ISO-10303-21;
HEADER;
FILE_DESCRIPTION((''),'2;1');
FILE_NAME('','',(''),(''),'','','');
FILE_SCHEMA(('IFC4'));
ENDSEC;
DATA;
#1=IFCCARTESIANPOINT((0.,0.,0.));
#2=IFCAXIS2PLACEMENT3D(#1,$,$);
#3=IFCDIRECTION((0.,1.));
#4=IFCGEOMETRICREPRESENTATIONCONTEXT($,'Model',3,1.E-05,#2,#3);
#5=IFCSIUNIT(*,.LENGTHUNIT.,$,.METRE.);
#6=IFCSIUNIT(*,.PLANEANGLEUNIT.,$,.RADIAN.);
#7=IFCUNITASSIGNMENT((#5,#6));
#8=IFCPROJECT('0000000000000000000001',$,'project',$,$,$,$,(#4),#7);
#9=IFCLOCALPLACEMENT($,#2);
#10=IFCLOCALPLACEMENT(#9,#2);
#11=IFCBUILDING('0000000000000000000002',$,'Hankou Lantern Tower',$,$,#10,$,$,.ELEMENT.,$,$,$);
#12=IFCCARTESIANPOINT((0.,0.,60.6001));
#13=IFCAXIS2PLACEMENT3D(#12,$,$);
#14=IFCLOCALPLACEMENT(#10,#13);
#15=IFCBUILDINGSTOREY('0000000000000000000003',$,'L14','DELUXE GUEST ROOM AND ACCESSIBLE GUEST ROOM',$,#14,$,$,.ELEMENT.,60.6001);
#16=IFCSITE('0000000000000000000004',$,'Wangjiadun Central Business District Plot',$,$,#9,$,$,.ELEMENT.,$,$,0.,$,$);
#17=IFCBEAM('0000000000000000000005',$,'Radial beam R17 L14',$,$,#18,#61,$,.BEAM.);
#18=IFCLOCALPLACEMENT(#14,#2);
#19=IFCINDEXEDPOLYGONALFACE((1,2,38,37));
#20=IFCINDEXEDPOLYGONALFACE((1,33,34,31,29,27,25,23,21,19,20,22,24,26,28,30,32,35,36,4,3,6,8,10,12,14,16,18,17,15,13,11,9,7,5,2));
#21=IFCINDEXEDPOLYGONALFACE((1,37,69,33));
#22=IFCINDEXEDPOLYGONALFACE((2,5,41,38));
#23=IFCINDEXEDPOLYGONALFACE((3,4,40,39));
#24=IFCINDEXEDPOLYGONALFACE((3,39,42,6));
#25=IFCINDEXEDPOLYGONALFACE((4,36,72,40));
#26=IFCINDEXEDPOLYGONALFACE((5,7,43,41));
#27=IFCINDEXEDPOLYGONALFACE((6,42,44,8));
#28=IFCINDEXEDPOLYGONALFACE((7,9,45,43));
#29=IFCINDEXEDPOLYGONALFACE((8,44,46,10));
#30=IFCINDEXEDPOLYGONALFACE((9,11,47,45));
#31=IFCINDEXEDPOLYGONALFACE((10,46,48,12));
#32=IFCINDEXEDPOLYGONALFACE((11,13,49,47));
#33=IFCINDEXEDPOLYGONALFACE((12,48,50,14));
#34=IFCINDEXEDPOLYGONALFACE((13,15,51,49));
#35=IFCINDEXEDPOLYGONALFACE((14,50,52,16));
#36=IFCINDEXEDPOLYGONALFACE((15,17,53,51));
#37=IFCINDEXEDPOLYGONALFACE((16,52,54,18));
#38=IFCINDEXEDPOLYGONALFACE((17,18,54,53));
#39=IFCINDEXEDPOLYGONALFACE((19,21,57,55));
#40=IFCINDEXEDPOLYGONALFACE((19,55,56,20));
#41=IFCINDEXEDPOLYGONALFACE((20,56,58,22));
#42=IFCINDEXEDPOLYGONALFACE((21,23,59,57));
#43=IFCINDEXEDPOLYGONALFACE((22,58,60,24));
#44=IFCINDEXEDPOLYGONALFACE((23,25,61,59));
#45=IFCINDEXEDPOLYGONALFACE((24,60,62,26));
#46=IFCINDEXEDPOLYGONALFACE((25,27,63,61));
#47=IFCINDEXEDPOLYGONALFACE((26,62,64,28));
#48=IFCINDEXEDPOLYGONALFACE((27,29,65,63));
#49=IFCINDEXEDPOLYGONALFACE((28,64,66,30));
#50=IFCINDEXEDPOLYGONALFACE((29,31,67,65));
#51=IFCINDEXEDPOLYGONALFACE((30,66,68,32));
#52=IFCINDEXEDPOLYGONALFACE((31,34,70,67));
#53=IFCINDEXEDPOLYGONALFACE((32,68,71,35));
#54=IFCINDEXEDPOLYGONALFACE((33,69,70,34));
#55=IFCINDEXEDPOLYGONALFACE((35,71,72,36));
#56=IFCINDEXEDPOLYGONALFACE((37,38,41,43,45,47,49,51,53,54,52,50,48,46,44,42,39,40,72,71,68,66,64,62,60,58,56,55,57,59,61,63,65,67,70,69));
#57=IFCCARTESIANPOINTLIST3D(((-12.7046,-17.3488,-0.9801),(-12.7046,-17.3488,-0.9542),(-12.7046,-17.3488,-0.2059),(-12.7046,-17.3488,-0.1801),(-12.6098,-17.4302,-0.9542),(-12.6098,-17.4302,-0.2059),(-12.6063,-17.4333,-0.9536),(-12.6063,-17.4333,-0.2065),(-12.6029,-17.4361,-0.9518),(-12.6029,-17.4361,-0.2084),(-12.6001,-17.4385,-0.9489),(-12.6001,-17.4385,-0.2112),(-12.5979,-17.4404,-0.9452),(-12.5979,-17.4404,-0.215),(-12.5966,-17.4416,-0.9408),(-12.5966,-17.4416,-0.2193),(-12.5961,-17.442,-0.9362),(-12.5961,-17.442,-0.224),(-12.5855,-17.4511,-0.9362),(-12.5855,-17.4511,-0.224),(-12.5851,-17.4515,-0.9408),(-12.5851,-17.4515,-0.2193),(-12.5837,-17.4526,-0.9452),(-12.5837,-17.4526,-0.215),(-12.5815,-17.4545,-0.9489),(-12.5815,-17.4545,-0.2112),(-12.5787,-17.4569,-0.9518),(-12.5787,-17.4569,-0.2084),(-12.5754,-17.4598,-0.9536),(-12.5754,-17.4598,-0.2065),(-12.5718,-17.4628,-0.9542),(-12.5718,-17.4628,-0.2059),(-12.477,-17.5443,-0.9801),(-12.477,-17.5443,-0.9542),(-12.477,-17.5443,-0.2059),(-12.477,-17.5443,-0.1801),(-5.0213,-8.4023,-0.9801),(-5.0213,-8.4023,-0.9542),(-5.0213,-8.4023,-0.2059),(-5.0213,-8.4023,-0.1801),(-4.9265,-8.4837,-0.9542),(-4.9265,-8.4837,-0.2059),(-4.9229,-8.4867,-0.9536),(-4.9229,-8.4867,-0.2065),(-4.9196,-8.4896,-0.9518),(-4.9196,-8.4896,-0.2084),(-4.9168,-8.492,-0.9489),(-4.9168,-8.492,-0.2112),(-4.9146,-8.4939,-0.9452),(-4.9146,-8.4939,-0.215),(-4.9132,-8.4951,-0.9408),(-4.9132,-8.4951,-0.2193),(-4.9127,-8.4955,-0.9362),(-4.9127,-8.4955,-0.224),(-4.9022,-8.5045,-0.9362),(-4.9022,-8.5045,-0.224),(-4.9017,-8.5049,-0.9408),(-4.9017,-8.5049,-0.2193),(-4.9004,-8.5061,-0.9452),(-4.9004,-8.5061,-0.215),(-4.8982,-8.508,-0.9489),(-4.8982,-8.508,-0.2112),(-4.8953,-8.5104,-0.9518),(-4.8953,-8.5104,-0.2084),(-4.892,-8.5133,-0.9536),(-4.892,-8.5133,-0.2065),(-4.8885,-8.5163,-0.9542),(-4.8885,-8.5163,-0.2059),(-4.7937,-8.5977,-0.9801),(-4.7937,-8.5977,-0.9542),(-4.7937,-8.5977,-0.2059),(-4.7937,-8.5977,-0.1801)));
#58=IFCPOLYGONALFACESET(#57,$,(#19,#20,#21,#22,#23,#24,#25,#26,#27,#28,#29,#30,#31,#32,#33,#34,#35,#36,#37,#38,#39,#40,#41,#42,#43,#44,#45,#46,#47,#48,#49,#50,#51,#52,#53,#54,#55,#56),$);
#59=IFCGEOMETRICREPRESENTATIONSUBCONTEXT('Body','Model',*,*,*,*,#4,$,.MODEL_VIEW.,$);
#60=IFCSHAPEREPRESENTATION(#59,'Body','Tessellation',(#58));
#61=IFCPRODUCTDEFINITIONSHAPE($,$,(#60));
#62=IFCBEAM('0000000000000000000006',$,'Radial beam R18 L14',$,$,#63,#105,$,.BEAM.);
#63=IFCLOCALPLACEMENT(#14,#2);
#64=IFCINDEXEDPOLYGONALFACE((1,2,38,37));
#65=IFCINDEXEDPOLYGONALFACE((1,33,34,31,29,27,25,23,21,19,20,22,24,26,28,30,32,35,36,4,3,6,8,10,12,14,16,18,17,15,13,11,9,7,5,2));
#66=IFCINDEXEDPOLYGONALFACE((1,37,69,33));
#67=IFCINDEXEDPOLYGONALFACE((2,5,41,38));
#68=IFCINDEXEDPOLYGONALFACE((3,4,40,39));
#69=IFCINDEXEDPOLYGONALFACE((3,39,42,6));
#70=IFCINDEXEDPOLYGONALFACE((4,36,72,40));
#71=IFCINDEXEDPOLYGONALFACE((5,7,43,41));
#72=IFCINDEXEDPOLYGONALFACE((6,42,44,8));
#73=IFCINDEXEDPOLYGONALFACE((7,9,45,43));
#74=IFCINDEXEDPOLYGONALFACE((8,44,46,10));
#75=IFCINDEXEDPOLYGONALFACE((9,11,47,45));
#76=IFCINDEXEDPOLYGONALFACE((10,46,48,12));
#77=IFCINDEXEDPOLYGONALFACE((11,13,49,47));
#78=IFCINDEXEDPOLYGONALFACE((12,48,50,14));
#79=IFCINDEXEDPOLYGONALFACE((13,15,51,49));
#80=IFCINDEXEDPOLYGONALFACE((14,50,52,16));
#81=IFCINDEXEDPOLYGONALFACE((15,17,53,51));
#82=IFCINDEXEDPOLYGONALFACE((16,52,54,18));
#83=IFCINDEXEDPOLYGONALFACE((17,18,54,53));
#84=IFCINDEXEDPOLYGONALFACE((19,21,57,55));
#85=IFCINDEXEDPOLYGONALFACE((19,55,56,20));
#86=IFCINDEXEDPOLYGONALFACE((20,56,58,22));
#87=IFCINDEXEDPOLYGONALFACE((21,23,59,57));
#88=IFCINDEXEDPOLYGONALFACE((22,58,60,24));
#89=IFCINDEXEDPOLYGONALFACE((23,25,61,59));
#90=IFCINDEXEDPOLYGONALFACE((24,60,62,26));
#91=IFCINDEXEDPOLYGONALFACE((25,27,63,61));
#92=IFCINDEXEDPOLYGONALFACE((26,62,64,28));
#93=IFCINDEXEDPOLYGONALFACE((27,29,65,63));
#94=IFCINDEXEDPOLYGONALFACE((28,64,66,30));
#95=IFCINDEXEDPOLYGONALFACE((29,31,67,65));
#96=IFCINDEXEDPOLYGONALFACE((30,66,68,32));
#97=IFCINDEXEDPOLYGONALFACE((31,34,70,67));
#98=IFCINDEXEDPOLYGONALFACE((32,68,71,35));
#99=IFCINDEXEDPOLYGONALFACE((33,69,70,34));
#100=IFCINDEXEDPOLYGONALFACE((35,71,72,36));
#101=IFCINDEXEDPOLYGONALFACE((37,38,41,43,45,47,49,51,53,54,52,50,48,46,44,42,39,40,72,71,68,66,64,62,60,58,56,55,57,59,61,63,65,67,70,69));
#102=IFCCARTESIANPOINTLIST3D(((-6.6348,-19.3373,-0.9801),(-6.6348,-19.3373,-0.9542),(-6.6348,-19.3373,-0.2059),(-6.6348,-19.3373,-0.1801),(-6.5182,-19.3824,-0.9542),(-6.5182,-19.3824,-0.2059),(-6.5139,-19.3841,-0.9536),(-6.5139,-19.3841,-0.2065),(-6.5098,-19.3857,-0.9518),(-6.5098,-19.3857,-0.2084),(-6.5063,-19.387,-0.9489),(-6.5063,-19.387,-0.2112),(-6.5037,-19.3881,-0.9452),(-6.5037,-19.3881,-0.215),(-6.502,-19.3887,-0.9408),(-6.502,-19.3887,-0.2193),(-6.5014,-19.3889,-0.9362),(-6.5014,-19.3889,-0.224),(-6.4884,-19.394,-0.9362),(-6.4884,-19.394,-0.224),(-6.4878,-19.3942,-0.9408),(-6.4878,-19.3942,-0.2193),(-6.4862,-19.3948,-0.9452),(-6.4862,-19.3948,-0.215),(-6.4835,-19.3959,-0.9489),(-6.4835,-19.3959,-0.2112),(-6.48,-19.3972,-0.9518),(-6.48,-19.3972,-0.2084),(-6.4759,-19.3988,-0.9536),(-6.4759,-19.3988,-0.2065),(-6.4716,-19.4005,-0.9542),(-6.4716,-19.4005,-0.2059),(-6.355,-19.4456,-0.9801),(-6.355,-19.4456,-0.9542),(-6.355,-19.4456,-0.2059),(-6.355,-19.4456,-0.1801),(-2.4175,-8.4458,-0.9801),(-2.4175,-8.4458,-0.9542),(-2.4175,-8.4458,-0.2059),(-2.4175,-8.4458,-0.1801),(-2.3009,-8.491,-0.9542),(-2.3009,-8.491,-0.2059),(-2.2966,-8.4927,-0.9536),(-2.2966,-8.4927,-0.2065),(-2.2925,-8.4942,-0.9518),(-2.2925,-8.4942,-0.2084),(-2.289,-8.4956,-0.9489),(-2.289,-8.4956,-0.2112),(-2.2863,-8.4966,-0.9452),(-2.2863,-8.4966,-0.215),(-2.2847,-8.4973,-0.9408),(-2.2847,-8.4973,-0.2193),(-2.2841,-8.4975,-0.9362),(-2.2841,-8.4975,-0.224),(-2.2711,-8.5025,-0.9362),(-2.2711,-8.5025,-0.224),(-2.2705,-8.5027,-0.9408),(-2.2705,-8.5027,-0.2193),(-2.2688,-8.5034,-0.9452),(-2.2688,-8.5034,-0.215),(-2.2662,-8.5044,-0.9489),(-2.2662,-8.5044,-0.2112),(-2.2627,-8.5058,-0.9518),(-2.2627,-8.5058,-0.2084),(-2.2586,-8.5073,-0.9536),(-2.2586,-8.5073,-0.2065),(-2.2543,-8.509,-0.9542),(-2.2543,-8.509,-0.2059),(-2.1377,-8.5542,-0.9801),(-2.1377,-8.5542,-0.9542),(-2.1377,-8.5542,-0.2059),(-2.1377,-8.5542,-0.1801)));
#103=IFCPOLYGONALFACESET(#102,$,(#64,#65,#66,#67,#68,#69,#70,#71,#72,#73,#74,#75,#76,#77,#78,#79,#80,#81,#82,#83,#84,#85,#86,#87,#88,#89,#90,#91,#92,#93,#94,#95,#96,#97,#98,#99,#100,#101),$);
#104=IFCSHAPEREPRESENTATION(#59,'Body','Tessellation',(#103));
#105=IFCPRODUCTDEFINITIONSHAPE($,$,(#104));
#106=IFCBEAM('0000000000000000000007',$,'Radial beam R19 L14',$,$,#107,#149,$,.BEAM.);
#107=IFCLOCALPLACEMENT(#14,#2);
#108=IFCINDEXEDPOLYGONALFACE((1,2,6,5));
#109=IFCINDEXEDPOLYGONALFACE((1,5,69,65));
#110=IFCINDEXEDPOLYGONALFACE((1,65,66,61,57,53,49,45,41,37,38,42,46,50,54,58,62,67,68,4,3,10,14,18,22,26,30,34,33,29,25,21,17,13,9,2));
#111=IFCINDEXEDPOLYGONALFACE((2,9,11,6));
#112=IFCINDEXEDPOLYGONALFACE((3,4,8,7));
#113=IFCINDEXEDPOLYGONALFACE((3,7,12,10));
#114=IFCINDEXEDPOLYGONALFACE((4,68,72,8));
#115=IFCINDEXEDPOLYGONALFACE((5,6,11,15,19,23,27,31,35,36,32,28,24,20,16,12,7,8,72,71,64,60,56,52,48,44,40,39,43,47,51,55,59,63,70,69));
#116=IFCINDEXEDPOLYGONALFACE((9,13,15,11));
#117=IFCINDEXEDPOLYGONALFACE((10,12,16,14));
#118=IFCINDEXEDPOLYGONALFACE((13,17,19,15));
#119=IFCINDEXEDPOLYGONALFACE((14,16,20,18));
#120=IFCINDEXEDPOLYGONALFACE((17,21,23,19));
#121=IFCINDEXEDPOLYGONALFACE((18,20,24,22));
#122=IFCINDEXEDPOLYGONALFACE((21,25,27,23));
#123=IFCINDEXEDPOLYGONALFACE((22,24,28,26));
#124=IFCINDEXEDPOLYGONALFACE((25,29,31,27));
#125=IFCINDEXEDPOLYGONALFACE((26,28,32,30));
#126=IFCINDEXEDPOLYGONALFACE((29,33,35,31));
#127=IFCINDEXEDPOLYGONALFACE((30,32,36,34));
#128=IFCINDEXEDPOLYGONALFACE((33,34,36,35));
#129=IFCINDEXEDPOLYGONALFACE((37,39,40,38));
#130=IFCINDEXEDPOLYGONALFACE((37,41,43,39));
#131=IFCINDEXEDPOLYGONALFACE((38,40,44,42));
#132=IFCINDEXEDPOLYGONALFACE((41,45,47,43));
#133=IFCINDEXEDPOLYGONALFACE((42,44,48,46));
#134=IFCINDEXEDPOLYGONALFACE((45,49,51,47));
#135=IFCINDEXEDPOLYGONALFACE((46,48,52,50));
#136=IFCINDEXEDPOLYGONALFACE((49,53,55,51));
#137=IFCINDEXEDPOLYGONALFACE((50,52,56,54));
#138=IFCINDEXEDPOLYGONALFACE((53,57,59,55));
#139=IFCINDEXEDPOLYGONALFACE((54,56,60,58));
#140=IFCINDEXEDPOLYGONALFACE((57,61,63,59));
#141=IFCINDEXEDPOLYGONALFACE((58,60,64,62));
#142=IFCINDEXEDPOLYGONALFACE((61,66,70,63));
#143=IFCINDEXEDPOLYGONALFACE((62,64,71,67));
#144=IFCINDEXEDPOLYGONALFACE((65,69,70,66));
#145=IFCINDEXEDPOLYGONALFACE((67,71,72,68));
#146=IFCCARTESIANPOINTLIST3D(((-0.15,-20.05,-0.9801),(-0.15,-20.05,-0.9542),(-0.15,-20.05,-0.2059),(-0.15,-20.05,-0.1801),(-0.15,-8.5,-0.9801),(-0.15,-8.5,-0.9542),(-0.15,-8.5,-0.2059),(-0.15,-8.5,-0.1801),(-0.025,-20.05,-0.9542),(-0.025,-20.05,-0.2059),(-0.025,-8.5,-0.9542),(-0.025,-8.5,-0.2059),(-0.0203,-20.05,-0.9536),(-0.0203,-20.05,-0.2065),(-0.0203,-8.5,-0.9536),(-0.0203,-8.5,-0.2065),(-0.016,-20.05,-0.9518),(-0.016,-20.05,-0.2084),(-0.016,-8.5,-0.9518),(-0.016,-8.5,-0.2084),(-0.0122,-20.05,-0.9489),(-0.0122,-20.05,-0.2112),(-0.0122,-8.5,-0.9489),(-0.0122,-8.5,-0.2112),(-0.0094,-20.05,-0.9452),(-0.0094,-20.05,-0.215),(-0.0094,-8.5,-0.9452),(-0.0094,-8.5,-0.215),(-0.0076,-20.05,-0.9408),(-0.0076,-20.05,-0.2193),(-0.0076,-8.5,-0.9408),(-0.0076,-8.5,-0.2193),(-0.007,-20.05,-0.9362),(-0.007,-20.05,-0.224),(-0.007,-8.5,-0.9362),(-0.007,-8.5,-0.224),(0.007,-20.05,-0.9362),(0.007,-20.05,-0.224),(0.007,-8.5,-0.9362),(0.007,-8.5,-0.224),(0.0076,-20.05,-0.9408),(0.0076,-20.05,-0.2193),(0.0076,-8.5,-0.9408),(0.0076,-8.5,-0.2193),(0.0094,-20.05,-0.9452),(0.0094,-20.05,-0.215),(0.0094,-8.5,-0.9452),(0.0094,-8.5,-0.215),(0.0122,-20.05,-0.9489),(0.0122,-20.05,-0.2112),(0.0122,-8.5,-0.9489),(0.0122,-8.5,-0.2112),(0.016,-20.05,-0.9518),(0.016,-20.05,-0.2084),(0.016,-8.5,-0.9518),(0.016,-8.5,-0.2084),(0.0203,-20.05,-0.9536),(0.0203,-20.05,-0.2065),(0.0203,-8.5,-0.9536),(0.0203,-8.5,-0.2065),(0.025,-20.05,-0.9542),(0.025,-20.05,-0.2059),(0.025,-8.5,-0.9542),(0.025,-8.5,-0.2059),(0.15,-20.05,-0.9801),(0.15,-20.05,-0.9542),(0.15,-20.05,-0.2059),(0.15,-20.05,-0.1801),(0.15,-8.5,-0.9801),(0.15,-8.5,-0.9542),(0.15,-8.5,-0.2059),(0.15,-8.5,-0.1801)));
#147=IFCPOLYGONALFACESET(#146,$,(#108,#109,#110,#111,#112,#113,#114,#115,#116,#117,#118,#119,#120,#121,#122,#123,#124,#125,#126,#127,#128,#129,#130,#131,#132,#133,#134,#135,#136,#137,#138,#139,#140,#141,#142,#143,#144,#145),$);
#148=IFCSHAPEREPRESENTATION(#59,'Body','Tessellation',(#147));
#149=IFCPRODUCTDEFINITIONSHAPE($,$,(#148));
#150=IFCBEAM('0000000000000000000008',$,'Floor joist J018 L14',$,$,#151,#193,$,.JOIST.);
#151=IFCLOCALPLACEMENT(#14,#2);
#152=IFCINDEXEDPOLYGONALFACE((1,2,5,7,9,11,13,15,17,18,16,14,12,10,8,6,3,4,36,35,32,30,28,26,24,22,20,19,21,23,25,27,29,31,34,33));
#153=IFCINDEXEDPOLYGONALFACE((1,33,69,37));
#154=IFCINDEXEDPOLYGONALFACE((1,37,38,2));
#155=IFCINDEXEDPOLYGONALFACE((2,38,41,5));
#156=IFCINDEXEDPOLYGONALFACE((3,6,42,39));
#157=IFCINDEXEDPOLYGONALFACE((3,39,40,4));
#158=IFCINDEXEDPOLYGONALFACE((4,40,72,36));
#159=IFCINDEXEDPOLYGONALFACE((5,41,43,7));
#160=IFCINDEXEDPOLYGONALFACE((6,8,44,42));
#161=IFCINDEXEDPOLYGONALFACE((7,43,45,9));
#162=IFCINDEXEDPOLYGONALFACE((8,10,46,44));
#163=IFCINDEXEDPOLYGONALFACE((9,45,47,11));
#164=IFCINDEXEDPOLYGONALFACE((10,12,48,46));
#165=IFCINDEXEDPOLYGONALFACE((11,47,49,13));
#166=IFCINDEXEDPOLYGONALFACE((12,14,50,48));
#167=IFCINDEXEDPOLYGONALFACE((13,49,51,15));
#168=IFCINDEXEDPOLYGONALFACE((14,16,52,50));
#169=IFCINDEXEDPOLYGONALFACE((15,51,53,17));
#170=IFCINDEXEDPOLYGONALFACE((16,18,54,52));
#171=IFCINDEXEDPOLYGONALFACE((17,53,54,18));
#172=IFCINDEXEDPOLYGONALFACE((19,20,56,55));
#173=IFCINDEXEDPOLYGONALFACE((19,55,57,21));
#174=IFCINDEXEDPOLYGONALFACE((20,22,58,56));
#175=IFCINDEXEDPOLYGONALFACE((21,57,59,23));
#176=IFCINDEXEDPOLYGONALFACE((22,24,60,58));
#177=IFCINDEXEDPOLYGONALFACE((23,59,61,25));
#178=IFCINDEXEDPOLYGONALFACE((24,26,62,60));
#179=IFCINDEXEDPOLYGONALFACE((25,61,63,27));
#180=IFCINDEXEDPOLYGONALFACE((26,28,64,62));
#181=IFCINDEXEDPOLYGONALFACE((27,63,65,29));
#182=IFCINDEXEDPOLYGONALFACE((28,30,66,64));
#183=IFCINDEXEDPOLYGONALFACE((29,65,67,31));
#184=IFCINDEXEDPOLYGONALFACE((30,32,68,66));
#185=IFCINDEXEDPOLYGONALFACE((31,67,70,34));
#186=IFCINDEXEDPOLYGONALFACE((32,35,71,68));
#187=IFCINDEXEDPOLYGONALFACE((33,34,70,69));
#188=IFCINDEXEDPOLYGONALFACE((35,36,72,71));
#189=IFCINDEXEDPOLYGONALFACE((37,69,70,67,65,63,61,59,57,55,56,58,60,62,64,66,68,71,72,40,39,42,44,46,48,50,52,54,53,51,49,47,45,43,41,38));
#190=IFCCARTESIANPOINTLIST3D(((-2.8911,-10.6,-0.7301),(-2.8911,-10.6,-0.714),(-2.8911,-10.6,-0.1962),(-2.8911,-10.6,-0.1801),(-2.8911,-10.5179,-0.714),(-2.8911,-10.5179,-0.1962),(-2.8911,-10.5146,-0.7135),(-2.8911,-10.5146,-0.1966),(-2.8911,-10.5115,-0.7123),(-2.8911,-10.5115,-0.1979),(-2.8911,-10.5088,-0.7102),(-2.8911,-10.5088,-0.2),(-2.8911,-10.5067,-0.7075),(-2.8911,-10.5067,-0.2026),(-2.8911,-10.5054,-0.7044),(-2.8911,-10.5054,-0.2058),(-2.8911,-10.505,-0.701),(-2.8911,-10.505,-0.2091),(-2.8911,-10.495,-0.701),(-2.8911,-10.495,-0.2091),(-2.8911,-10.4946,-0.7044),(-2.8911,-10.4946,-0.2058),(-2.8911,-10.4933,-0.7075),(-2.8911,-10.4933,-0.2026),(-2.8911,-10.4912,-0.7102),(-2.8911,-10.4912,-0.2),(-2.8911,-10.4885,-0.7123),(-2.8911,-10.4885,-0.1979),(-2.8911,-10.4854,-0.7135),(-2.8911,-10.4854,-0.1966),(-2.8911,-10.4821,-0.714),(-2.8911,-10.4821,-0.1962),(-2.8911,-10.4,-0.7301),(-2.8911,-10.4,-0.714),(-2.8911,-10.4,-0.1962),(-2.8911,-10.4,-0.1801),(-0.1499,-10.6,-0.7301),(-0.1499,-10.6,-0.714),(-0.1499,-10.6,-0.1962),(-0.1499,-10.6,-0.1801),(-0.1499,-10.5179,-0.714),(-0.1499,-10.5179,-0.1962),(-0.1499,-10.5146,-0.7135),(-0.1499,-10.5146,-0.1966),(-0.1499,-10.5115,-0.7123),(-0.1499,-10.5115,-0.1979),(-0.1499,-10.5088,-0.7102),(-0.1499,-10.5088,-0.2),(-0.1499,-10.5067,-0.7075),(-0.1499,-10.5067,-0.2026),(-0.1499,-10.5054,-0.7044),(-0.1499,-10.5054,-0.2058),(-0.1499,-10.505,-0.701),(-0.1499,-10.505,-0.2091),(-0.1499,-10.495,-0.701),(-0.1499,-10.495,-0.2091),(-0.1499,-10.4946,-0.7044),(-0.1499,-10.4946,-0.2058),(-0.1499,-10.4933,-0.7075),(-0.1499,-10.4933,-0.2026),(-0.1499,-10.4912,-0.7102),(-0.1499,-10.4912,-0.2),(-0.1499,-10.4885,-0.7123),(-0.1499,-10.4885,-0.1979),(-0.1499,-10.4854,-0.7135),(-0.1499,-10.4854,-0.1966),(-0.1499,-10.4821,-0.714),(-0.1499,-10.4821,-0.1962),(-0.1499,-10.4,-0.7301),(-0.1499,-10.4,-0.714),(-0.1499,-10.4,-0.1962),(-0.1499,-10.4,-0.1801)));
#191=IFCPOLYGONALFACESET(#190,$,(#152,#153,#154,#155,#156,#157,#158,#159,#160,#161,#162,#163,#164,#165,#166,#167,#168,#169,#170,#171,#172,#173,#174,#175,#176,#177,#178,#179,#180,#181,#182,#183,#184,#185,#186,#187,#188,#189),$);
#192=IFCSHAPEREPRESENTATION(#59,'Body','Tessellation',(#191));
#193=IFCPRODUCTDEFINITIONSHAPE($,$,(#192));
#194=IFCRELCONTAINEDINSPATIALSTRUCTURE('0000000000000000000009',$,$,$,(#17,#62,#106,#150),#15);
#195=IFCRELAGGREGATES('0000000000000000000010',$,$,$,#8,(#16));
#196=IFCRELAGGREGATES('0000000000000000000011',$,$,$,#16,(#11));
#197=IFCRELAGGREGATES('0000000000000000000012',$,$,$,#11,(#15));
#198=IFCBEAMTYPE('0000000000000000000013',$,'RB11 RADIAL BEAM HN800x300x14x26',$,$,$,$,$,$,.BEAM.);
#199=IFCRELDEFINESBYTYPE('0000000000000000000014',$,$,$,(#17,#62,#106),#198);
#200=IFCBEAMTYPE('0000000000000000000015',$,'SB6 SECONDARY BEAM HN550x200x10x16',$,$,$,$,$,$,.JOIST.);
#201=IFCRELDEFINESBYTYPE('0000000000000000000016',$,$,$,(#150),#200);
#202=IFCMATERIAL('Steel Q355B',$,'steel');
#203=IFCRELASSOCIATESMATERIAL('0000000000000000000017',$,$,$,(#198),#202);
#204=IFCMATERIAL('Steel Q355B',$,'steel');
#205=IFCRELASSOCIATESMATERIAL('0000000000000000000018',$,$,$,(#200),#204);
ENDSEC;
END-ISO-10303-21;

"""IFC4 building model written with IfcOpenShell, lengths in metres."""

from ifc_helpers import new_model, si_unit, direction, frame, origin, origin_2d, place, context, subcontext, project, spatial, i_section, extrude, material, material_profile, profile_set, type_object, element, save


model = new_model("IFC4")

# Units and contexts
model_context = context("Model", 3, precision=1e-05, world=origin(), true_north=direction((0.0, 1.0)))
body_context = subcontext(model_context, "Body", "Model", "MODEL_VIEW")
ifc_project = project(units=[si_unit("LENGTHUNIT", "METRE"), si_unit("PLANEANGLEUNIT", "RADIAN")], contexts=[model_context])

# Site, building, storey
site_placement = place(None, origin())
site = spatial("IfcSite", under=ifc_project, at=site_placement, Name="Wangjiadun Central Business District Plot", CompositionType="ELEMENT", RefElevation=0.0)
building_placement = place(site_placement, origin())
building = spatial("IfcBuilding", under=site, at=building_placement, Name="Hankou Lantern Tower", CompositionType="ELEMENT")
storey_placement = place(building_placement, frame((0.0, 0.0, 60.6001)))
storey = spatial("IfcBuildingStorey", under=building, at=storey_placement, Name="L14", Description="DELUXE GUEST ROOM AND ACCESSIBLE GUEST ROOM", CompositionType="ELEMENT", Elevation=60.6001)

# Beams
ifc_material_1 = material(Name="Steel Q355B", Category="steel")
ifc_material_profile_1 = material_profile(ifc_material_1, i_section(OverallWidth=0.3, OverallDepth=0.8, WebThickness=0.0139, FlangeThickness=0.0259, FilletRadius=0.0181, at=origin_2d()), Name="HN800x300x14x26")
ifc_profile_set_1 = profile_set([ifc_material_profile_1], Name="Steel Q355B")
beam_type_1 = type_object("IfcBeamType", Name="RB11 RADIAL BEAM HN800x300x14x26", PredefinedType="BEAM", material=ifc_profile_set_1)
beam_1_placement = place(storey_placement, frame((-4.9075, -8.5, -0.5801), z_axis=(-0.651519, -0.758632, 0.0), x_axis=(0.758632, -0.651519, 0.0)))
element("IfcBeam", 1, at=beam_1_placement, inside=storey, type_object=beam_type_1, Name="Radial beam R17 L14", PredefinedType="BEAM", context=body_context, shape_type="SweptSolid", body=[
    extrude(i_section(OverallWidth=0.3, OverallDepth=0.8, WebThickness=0.0139, FlangeThickness=0.0259, FilletRadius=0.0181, at=origin_2d()), origin(), (0.0, 0.0, 1.0), 11.793),
])
beam_2_placement = place(storey_placement, frame((-2.2776, -8.5, -0.5801), z_axis=(-0.361089, -0.932531, 0.0), x_axis=(0.932531, -0.361089, 0.0)))
element("IfcBeam", 2, at=beam_2_placement, inside=storey, type_object=beam_type_1, Name="Radial beam R18 L14", PredefinedType="BEAM", context=body_context, shape_type="SweptSolid", body=[
    extrude(i_section(OverallWidth=0.3, OverallDepth=0.8, WebThickness=0.0139, FlangeThickness=0.0259, FilletRadius=0.0181, at=origin_2d()), origin(), (0.0, 0.0, 1.0), 11.6794),
])
beam_3_placement = place(storey_placement, frame((0.0, -8.5, -0.5801), z_axis=(0.0, -1.0, 0.0), x_axis=(1.0, 0.0, 0.0)))
element("IfcBeam", 3, at=beam_3_placement, inside=storey, type_object=beam_type_1, Name="Radial beam R19 L14", PredefinedType="BEAM", context=body_context, shape_type="SweptSolid", body=[
    extrude(i_section(OverallWidth=0.3, OverallDepth=0.8, WebThickness=0.0139, FlangeThickness=0.0259, FilletRadius=0.0181, at=origin_2d()), origin(), (0.0, 0.0, 1.0), 11.55),
])
ifc_material_2 = material(Name="Steel Q355B", Category="steel")
ifc_material_profile_2 = material_profile(ifc_material_2, i_section(OverallWidth=0.2, OverallDepth=0.55, WebThickness=0.01, FlangeThickness=0.0161, FilletRadius=0.0129, at=origin_2d()), Name="HN550x200x10x16")
ifc_profile_set_2 = profile_set([ifc_material_profile_2], Name="Steel Q355B")
beam_type_2 = type_object("IfcBeamType", Name="SB6 SECONDARY BEAM HN550x200x10x16", PredefinedType="JOIST", material=ifc_profile_set_2)
beam_4_placement = place(storey_placement, frame((-2.8911, -10.5, -0.4551), z_axis=(1.0, 0.0, 0.0), x_axis=(0.0, 1.0, 0.0)))
element("IfcBeam", 4, at=beam_4_placement, inside=storey, type_object=beam_type_2, Name="Floor joist J018 L14", PredefinedType="JOIST", context=body_context, shape_type="SweptSolid", body=[
    extrude(i_section(OverallWidth=0.2, OverallDepth=0.55, WebThickness=0.01, FlangeThickness=0.0161, FilletRadius=0.0129, at=origin_2d()), origin(), (0.0, 0.0, 1.0), 2.7412),
])

save(model, "model.ifc")
